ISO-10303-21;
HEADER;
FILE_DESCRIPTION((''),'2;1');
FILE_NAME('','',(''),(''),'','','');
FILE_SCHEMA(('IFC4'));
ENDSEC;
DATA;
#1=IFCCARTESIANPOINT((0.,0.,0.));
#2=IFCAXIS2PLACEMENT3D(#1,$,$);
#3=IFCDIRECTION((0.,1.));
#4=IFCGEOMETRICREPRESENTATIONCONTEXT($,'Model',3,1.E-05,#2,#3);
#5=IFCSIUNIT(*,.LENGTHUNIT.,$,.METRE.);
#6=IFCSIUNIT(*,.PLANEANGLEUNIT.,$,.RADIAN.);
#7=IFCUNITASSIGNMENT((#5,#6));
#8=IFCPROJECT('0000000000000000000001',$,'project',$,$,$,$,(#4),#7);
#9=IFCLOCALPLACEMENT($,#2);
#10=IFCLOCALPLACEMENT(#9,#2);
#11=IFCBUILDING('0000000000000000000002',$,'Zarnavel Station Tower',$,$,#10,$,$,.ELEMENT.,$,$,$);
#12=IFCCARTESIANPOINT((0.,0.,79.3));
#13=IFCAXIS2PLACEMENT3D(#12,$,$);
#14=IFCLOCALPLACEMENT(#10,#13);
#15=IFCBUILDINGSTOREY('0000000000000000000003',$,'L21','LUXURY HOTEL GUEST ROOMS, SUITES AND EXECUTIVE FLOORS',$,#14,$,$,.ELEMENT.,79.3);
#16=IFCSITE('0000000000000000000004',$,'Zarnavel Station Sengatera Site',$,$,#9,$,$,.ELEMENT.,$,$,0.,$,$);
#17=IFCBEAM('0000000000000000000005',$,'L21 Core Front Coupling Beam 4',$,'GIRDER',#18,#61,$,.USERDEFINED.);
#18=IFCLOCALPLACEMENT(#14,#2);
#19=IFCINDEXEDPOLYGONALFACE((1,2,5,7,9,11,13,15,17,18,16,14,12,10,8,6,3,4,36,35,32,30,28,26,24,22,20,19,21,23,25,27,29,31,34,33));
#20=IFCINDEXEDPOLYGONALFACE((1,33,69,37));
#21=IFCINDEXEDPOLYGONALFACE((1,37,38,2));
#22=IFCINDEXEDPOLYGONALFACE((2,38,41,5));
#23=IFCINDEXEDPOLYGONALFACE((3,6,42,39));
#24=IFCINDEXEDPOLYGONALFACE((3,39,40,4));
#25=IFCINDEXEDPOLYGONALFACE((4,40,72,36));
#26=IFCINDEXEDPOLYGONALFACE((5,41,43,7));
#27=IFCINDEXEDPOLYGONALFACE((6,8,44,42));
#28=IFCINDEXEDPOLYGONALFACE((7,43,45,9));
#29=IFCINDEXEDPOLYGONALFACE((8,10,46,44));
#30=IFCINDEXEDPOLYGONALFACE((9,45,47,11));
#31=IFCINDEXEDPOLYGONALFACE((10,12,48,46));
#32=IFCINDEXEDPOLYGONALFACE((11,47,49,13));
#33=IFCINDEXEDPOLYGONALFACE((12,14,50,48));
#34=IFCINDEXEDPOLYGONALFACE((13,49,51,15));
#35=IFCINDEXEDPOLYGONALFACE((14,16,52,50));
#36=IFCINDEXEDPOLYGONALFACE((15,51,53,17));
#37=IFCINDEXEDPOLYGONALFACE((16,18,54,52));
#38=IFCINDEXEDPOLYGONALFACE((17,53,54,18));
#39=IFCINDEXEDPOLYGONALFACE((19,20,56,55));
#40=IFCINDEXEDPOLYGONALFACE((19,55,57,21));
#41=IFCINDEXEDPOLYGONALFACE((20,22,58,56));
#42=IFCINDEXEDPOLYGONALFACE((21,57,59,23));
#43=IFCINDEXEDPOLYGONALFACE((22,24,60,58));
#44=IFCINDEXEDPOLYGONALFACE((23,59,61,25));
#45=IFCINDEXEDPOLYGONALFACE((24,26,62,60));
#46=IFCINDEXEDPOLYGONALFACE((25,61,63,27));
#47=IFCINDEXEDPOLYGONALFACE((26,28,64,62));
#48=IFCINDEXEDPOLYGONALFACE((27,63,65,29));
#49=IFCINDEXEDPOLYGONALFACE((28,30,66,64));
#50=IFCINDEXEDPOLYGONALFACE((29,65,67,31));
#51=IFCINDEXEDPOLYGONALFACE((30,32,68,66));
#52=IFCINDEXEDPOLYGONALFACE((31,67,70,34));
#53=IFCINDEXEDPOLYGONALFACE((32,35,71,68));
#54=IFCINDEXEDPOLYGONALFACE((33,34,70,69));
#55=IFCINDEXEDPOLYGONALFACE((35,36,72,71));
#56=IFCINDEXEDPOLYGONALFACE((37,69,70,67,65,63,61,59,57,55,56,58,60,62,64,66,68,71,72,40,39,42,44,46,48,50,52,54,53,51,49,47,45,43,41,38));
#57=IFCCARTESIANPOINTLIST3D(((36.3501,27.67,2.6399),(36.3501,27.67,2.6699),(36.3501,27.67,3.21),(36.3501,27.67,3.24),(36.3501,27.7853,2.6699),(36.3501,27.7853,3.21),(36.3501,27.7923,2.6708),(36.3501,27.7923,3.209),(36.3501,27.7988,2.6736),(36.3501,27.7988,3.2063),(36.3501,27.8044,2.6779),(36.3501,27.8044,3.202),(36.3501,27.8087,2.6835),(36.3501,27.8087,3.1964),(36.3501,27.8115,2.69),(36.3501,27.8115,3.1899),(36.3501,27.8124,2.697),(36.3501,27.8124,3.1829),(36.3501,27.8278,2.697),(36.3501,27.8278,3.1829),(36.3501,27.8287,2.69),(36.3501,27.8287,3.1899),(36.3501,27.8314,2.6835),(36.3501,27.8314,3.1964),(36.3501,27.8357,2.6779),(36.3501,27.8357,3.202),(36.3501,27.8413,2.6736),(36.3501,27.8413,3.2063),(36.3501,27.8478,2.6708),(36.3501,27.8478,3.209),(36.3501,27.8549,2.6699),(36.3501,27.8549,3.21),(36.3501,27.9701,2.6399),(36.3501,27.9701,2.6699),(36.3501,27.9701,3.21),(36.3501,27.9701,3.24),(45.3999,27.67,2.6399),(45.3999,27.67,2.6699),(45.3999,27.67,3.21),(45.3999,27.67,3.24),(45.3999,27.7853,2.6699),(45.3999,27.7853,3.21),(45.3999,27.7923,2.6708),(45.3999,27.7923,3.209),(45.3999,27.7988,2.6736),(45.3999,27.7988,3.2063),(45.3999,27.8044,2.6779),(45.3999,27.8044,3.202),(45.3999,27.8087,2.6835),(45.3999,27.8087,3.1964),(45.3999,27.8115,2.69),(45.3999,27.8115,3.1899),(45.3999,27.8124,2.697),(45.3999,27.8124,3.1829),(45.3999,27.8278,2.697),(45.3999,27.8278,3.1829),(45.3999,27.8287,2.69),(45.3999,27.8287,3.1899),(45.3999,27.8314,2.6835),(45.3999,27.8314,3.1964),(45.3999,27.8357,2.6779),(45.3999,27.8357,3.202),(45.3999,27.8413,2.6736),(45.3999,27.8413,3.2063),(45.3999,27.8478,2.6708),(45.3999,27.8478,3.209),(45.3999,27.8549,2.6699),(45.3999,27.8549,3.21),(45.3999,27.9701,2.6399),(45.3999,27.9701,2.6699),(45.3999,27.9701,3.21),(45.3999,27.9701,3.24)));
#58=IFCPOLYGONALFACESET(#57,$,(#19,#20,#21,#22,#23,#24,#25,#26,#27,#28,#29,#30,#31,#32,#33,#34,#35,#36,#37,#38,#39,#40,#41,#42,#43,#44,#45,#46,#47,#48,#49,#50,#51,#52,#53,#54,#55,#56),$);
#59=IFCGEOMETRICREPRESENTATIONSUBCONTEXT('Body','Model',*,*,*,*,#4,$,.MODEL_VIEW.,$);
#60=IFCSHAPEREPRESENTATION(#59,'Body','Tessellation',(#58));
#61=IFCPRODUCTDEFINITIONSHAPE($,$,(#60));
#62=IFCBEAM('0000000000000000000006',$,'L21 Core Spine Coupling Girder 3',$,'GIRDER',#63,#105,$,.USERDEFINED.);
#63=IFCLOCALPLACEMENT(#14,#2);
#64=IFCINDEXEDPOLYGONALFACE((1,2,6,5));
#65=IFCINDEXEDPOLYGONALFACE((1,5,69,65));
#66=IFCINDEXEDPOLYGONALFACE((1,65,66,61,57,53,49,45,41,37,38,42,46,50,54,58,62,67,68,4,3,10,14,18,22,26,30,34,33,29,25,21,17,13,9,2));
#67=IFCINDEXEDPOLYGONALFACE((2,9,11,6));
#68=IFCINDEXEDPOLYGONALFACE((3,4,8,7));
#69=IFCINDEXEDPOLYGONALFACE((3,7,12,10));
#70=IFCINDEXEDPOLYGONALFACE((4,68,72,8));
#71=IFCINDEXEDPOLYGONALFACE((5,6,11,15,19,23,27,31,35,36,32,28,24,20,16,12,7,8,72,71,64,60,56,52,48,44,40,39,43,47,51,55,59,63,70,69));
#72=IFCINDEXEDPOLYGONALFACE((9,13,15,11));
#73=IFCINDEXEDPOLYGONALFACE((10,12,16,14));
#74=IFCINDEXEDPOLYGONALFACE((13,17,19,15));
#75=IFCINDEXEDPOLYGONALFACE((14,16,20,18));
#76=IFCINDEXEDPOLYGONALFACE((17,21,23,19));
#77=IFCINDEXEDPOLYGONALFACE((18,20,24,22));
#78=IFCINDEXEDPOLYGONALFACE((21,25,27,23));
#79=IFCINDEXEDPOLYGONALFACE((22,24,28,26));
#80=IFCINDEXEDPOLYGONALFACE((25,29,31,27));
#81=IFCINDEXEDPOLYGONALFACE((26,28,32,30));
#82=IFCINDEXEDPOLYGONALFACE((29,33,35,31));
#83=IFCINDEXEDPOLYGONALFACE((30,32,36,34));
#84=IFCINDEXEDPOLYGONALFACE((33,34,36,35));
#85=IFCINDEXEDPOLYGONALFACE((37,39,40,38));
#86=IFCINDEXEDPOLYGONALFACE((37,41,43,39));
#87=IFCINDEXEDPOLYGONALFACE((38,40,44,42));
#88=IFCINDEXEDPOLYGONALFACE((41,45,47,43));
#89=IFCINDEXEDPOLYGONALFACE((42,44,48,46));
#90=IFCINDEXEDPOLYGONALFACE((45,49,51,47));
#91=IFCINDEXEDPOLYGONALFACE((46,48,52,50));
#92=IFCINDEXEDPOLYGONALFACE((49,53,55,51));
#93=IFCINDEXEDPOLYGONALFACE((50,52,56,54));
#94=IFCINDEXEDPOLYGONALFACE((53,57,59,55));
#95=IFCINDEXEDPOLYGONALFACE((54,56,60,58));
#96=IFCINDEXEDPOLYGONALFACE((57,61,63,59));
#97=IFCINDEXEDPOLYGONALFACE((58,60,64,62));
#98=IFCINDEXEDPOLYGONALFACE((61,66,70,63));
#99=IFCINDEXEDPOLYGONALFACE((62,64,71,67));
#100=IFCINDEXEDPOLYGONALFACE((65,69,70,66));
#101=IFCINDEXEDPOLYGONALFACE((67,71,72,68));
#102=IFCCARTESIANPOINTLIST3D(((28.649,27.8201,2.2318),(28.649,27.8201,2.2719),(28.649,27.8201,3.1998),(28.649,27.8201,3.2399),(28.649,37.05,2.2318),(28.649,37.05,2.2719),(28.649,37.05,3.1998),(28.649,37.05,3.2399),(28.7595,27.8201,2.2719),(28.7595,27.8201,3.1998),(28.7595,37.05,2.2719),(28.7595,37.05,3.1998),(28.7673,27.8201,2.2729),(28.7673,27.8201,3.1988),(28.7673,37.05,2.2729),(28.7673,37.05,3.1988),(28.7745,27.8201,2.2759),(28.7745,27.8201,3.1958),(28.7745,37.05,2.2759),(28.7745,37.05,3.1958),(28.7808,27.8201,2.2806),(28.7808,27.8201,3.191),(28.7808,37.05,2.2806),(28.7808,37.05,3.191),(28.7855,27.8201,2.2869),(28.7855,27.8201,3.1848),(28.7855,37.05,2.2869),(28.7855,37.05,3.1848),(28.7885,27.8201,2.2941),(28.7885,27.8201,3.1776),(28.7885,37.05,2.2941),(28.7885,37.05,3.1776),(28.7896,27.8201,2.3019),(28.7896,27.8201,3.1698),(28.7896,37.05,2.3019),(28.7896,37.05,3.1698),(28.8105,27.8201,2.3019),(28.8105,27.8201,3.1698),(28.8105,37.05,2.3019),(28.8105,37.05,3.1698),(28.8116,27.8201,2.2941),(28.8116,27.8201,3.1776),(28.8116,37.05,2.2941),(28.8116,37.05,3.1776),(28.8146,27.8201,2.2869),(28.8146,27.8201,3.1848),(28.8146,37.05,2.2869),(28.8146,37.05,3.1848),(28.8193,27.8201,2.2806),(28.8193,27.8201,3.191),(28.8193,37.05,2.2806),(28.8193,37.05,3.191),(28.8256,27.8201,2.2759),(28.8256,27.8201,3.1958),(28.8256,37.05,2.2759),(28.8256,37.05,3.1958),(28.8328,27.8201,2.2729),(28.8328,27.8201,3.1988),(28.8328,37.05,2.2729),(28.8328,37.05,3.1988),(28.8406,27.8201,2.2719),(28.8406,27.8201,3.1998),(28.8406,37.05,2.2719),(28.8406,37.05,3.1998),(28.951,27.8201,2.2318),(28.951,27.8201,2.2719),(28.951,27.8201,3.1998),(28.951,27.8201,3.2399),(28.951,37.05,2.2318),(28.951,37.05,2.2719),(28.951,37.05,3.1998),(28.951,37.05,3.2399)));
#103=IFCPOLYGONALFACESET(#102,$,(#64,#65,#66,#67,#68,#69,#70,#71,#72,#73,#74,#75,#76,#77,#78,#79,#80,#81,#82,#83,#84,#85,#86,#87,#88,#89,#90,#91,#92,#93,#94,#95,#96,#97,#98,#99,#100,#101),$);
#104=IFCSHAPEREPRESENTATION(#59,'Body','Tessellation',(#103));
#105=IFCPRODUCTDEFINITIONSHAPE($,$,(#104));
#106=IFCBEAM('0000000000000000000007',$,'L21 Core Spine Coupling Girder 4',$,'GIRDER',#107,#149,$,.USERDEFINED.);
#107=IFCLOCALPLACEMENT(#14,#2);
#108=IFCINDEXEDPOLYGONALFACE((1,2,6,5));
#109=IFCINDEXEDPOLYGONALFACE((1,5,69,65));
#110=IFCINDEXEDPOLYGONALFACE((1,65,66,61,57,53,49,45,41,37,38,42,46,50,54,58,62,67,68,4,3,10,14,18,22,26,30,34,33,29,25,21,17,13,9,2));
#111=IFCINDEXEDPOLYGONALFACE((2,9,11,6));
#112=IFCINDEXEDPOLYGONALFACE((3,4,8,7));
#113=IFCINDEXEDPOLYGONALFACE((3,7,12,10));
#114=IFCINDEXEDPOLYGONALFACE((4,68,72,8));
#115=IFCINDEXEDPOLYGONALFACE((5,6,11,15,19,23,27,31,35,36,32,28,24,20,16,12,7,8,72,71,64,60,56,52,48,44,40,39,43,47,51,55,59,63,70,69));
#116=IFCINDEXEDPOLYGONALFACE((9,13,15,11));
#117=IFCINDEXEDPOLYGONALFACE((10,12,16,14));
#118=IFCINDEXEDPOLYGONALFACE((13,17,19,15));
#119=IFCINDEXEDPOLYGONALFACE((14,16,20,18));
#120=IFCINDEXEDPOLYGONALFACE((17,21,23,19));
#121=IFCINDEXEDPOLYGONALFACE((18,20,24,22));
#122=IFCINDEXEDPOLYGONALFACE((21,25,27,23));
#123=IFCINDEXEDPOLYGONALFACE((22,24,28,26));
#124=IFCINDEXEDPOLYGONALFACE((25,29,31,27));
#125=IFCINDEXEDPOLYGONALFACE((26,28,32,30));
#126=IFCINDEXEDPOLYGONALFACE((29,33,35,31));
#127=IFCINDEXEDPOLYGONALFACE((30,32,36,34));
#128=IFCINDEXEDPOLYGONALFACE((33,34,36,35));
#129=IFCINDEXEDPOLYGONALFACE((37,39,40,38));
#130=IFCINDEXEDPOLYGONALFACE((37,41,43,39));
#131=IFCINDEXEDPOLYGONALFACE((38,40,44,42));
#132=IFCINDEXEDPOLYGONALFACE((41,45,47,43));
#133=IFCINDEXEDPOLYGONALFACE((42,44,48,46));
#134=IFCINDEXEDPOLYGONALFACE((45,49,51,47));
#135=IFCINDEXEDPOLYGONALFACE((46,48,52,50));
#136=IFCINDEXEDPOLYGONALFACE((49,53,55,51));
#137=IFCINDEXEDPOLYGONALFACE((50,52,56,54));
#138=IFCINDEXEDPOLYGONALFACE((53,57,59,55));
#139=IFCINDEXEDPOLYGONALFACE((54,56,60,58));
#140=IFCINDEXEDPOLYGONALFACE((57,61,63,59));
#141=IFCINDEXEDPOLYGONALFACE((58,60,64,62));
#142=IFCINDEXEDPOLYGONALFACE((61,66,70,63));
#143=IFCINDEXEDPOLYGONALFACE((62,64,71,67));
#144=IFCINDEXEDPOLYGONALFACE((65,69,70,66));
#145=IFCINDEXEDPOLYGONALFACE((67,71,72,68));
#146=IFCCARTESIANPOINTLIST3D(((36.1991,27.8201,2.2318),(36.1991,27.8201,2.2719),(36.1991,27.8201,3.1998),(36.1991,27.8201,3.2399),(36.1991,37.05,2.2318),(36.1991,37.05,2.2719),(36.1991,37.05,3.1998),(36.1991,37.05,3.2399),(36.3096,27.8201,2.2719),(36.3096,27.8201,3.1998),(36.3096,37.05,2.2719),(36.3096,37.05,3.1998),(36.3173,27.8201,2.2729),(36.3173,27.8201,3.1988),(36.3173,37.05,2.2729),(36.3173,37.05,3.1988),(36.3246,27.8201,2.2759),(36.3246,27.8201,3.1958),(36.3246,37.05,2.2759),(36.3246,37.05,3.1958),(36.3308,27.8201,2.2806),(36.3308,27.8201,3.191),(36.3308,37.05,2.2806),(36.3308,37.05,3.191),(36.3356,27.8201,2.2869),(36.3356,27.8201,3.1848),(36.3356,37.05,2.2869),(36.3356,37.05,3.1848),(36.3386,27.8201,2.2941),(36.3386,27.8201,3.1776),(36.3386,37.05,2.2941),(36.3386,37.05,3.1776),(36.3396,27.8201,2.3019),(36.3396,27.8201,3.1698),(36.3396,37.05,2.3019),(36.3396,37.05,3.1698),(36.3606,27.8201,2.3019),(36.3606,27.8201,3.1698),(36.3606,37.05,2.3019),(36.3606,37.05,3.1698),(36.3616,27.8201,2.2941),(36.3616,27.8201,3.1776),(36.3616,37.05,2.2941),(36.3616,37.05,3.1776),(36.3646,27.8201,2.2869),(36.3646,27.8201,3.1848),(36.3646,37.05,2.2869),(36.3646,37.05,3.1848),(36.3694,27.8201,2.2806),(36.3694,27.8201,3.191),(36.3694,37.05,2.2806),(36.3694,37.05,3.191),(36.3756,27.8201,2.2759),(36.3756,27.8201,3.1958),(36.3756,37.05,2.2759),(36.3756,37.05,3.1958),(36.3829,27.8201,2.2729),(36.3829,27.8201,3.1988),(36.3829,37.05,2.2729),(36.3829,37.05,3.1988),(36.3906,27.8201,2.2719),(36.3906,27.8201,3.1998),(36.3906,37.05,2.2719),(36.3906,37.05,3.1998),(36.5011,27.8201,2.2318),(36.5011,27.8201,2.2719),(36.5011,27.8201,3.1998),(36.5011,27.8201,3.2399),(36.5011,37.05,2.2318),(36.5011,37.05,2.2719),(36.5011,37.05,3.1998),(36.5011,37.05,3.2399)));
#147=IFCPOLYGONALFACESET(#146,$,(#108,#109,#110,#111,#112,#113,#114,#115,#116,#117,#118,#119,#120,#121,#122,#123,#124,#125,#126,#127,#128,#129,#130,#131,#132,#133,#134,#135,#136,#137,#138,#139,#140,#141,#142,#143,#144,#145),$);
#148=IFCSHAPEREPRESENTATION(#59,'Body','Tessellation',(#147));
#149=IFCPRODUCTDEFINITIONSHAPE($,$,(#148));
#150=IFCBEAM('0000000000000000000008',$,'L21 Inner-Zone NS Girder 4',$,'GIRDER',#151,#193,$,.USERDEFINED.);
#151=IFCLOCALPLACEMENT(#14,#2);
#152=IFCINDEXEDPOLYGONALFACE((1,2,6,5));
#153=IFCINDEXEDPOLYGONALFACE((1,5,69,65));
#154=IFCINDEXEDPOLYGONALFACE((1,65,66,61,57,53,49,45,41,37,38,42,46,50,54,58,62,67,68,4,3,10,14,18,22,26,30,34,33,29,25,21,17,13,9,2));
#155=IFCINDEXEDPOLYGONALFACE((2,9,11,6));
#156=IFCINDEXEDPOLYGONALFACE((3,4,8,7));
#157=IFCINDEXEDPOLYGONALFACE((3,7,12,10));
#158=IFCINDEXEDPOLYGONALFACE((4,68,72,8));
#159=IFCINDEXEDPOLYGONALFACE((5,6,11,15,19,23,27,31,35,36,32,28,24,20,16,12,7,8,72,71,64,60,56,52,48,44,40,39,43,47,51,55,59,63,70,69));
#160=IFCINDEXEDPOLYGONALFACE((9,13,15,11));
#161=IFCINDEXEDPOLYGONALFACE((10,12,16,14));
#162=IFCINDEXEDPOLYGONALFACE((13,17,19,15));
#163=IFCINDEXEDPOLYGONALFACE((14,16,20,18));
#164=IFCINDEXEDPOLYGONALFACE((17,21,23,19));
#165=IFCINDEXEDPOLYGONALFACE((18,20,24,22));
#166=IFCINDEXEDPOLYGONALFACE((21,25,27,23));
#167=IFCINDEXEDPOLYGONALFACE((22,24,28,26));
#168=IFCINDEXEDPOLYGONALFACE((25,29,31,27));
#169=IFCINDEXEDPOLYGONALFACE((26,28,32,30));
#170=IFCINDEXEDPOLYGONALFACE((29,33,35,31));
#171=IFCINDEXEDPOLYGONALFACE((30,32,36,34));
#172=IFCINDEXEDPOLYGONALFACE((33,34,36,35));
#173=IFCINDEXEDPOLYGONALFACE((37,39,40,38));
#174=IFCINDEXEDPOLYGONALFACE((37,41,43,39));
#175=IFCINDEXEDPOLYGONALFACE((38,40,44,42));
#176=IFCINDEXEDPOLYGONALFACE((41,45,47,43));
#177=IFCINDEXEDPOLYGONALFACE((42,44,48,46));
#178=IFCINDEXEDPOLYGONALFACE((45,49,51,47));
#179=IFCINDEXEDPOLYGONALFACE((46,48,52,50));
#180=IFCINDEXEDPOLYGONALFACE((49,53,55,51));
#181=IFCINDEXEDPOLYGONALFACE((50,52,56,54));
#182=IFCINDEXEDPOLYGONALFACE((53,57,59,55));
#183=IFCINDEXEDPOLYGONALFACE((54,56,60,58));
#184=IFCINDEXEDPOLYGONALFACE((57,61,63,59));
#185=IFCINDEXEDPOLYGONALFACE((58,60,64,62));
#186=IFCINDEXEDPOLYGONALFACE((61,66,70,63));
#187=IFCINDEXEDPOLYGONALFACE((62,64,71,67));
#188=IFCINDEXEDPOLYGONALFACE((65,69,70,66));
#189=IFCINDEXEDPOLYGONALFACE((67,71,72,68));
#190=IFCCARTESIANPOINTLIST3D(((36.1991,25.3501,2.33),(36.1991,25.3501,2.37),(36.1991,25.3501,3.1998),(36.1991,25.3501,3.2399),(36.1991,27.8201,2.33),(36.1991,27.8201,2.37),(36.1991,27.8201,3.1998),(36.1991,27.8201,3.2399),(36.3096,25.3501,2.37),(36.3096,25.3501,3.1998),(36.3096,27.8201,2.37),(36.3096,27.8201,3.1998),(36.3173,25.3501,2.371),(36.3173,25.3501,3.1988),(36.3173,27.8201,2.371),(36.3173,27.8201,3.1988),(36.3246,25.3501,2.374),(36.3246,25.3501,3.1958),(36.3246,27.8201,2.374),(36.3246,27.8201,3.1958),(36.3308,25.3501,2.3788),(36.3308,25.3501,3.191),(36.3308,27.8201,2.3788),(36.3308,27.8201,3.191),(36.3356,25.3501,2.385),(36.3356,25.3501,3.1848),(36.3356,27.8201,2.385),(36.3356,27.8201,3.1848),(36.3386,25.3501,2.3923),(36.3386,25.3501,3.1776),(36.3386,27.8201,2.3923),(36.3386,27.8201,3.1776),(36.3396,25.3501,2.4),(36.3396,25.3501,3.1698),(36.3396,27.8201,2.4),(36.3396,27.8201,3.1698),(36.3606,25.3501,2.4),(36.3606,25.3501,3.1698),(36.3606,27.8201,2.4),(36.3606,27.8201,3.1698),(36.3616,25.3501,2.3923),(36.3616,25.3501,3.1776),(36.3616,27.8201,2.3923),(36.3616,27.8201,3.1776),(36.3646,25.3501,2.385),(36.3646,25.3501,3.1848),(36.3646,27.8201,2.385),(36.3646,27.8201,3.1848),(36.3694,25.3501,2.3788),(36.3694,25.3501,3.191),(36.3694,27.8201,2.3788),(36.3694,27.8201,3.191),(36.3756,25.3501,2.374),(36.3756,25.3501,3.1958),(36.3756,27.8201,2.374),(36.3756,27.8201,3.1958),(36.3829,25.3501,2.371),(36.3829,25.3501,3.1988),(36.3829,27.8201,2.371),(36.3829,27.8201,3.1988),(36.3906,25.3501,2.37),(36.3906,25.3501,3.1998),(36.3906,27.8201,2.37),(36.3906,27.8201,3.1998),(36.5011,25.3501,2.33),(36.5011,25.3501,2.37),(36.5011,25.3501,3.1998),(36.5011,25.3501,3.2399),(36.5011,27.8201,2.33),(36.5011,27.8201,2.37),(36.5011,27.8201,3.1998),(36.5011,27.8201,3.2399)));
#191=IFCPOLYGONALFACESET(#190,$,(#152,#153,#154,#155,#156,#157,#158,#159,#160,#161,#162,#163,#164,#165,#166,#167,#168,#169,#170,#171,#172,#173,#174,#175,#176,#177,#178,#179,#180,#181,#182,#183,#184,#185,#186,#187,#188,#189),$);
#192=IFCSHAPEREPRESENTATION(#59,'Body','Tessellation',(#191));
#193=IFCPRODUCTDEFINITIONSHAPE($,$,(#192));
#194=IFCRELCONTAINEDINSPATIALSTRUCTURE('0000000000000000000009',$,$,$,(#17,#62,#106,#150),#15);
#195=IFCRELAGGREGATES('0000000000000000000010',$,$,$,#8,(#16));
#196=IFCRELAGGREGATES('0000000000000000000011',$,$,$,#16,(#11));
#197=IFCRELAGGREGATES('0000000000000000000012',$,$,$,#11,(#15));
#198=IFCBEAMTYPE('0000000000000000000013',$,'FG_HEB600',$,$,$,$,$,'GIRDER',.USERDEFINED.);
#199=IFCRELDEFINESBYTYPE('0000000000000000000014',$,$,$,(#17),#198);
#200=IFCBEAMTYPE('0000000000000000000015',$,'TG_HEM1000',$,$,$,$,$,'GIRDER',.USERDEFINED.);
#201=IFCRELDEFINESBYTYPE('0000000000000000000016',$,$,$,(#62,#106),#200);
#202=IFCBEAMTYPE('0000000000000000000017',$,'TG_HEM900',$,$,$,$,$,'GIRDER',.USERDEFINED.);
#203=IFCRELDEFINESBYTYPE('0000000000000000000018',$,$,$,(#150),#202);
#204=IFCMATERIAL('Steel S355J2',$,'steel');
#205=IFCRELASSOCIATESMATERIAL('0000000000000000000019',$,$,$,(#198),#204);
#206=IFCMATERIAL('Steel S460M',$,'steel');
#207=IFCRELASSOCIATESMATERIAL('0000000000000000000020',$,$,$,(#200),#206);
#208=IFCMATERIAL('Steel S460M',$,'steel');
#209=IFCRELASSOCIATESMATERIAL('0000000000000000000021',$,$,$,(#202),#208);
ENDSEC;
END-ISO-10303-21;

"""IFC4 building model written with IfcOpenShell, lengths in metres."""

from ifc_helpers import new_model, si_unit, direction, frame, origin, origin_2d, place, context, subcontext, project, spatial, i_section, extrude, material, material_profile, profile_set, type_object, element, save


model = new_model("IFC4")

# Units and contexts
model_context = context("Model", 3, precision=1e-05, world=origin(), true_north=direction((0.0, 1.0)))
body_context = subcontext(model_context, "Body", "Model", "MODEL_VIEW")
ifc_project = project(units=[si_unit("LENGTHUNIT", "METRE"), si_unit("PLANEANGLEUNIT", "RADIAN")], contexts=[model_context])

# Site, building, storey
site_placement = place(None, origin())
site = spatial("IfcSite", under=ifc_project, at=site_placement, Name="Zarnavel Station Sengatera Site", CompositionType="ELEMENT", RefElevation=0.0)
building_placement = place(site_placement, origin())
building = spatial("IfcBuilding", under=site, at=building_placement, Name="Zarnavel Station Tower", CompositionType="ELEMENT")
storey_placement = place(building_placement, frame((0.0, 0.0, 79.3)))
storey = spatial("IfcBuildingStorey", under=building, at=storey_placement, Name="L21", Description="LUXURY HOTEL GUEST ROOMS, SUITES AND EXECUTIVE FLOORS", CompositionType="ELEMENT", Elevation=79.3)

# Beams
ifc_material_1 = material(Name="Steel S355J2", Category="steel")
ifc_material_profile_1 = material_profile(ifc_material_1, i_section(OverallWidth=0.3, OverallDepth=0.6001, WebThickness=0.0154, FlangeThickness=0.03, FilletRadius=0.0271, at=origin_2d()), Name="HEB600")
ifc_profile_set_1 = profile_set([ifc_material_profile_1], Name="Steel S355J2")
beam_type_1 = type_object("IfcBeamType", Name="FG_HEB600", ElementType="GIRDER", PredefinedType="USERDEFINED", material=ifc_profile_set_1)
beam_1_placement = place(storey_placement, frame((36.3501, 27.8201, 2.9399), z_axis=(1.0, 0.0, 0.0), x_axis=(0.0, 1.0, 0.0)))
element("IfcBeam", 1, at=beam_1_placement, inside=storey, type_object=beam_type_1, Name="L21 Core Front Coupling Beam 4", ObjectType="GIRDER", PredefinedType="USERDEFINED", context=body_context, shape_type="SweptSolid", body=[
    extrude(i_section(OverallWidth=0.3, OverallDepth=0.6001, WebThickness=0.0154, FlangeThickness=0.03, FilletRadius=0.0271, at=origin_2d()), origin(), (0.0, 0.0, 1.0), 9.0498),
])
ifc_material_2 = material(Name="Steel S460M", Category="steel")
ifc_material_profile_2 = material_profile(ifc_material_2, i_section(OverallWidth=0.302, OverallDepth=1.0081, WebThickness=0.021, FlangeThickness=0.04, FilletRadius=0.03, at=origin_2d()), Name="HEM1000")
ifc_profile_set_2 = profile_set([ifc_material_profile_2], Name="Steel S460M")
beam_type_2 = type_object("IfcBeamType", Name="TG_HEM1000", ElementType="GIRDER", PredefinedType="USERDEFINED", material=ifc_profile_set_2)
for number, where, z_axis, x_axis, name in (
    (2, (28.8, 27.8201, 2.7358), (0.0, 1.0, 0.0), (-1.0, 0.0, 0.0), "L21 Core Spine Coupling Girder 3"),
    (3, (36.3501, 27.8201, 2.7358), (0.0, 1.0, 0.0), (-1.0, 0.0, 0.0), "L21 Core Spine Coupling Girder 4"),
):
    element("IfcBeam", number, at=place(storey_placement, frame(where, z_axis=z_axis, x_axis=x_axis)), inside=storey, type_object=beam_type_2, Name=name, ObjectType="GIRDER", PredefinedType="USERDEFINED", context=body_context, shape_type="SweptSolid", body=[
        extrude(i_section(OverallWidth=0.302, OverallDepth=1.0081, WebThickness=0.021, FlangeThickness=0.04, FilletRadius=0.03, at=origin_2d()), origin(), (0.0, 0.0, 1.0), 9.23),
    ])
ifc_material_3 = material(Name="Steel S460M", Category="steel")
ifc_material_profile_3 = material_profile(ifc_material_3, i_section(OverallWidth=0.302, OverallDepth=0.9099, WebThickness=0.021, FlangeThickness=0.04, FilletRadius=0.03, at=origin_2d()), Name="HEM900")
ifc_profile_set_3 = profile_set([ifc_material_profile_3], Name="Steel S460M")
beam_type_3 = type_object("IfcBeamType", Name="TG_HEM900", ElementType="GIRDER", PredefinedType="USERDEFINED", material=ifc_profile_set_3)
beam_2_placement = place(storey_placement, frame((36.3501, 25.3501, 2.7849), z_axis=(0.0, 1.0, 0.0), x_axis=(-1.0, 0.0, 0.0)))
element("IfcBeam", 4, at=beam_2_placement, inside=storey, type_object=beam_type_3, Name="L21 Inner-Zone NS Girder 4", ObjectType="GIRDER", PredefinedType="USERDEFINED", context=body_context, shape_type="SweptSolid", body=[
    extrude(i_section(OverallWidth=0.302, OverallDepth=0.9099, WebThickness=0.021, FlangeThickness=0.04, FilletRadius=0.03, at=origin_2d()), origin(), (0.0, 0.0, 1.0), 2.47),
])

save(model, "model.ifc")
